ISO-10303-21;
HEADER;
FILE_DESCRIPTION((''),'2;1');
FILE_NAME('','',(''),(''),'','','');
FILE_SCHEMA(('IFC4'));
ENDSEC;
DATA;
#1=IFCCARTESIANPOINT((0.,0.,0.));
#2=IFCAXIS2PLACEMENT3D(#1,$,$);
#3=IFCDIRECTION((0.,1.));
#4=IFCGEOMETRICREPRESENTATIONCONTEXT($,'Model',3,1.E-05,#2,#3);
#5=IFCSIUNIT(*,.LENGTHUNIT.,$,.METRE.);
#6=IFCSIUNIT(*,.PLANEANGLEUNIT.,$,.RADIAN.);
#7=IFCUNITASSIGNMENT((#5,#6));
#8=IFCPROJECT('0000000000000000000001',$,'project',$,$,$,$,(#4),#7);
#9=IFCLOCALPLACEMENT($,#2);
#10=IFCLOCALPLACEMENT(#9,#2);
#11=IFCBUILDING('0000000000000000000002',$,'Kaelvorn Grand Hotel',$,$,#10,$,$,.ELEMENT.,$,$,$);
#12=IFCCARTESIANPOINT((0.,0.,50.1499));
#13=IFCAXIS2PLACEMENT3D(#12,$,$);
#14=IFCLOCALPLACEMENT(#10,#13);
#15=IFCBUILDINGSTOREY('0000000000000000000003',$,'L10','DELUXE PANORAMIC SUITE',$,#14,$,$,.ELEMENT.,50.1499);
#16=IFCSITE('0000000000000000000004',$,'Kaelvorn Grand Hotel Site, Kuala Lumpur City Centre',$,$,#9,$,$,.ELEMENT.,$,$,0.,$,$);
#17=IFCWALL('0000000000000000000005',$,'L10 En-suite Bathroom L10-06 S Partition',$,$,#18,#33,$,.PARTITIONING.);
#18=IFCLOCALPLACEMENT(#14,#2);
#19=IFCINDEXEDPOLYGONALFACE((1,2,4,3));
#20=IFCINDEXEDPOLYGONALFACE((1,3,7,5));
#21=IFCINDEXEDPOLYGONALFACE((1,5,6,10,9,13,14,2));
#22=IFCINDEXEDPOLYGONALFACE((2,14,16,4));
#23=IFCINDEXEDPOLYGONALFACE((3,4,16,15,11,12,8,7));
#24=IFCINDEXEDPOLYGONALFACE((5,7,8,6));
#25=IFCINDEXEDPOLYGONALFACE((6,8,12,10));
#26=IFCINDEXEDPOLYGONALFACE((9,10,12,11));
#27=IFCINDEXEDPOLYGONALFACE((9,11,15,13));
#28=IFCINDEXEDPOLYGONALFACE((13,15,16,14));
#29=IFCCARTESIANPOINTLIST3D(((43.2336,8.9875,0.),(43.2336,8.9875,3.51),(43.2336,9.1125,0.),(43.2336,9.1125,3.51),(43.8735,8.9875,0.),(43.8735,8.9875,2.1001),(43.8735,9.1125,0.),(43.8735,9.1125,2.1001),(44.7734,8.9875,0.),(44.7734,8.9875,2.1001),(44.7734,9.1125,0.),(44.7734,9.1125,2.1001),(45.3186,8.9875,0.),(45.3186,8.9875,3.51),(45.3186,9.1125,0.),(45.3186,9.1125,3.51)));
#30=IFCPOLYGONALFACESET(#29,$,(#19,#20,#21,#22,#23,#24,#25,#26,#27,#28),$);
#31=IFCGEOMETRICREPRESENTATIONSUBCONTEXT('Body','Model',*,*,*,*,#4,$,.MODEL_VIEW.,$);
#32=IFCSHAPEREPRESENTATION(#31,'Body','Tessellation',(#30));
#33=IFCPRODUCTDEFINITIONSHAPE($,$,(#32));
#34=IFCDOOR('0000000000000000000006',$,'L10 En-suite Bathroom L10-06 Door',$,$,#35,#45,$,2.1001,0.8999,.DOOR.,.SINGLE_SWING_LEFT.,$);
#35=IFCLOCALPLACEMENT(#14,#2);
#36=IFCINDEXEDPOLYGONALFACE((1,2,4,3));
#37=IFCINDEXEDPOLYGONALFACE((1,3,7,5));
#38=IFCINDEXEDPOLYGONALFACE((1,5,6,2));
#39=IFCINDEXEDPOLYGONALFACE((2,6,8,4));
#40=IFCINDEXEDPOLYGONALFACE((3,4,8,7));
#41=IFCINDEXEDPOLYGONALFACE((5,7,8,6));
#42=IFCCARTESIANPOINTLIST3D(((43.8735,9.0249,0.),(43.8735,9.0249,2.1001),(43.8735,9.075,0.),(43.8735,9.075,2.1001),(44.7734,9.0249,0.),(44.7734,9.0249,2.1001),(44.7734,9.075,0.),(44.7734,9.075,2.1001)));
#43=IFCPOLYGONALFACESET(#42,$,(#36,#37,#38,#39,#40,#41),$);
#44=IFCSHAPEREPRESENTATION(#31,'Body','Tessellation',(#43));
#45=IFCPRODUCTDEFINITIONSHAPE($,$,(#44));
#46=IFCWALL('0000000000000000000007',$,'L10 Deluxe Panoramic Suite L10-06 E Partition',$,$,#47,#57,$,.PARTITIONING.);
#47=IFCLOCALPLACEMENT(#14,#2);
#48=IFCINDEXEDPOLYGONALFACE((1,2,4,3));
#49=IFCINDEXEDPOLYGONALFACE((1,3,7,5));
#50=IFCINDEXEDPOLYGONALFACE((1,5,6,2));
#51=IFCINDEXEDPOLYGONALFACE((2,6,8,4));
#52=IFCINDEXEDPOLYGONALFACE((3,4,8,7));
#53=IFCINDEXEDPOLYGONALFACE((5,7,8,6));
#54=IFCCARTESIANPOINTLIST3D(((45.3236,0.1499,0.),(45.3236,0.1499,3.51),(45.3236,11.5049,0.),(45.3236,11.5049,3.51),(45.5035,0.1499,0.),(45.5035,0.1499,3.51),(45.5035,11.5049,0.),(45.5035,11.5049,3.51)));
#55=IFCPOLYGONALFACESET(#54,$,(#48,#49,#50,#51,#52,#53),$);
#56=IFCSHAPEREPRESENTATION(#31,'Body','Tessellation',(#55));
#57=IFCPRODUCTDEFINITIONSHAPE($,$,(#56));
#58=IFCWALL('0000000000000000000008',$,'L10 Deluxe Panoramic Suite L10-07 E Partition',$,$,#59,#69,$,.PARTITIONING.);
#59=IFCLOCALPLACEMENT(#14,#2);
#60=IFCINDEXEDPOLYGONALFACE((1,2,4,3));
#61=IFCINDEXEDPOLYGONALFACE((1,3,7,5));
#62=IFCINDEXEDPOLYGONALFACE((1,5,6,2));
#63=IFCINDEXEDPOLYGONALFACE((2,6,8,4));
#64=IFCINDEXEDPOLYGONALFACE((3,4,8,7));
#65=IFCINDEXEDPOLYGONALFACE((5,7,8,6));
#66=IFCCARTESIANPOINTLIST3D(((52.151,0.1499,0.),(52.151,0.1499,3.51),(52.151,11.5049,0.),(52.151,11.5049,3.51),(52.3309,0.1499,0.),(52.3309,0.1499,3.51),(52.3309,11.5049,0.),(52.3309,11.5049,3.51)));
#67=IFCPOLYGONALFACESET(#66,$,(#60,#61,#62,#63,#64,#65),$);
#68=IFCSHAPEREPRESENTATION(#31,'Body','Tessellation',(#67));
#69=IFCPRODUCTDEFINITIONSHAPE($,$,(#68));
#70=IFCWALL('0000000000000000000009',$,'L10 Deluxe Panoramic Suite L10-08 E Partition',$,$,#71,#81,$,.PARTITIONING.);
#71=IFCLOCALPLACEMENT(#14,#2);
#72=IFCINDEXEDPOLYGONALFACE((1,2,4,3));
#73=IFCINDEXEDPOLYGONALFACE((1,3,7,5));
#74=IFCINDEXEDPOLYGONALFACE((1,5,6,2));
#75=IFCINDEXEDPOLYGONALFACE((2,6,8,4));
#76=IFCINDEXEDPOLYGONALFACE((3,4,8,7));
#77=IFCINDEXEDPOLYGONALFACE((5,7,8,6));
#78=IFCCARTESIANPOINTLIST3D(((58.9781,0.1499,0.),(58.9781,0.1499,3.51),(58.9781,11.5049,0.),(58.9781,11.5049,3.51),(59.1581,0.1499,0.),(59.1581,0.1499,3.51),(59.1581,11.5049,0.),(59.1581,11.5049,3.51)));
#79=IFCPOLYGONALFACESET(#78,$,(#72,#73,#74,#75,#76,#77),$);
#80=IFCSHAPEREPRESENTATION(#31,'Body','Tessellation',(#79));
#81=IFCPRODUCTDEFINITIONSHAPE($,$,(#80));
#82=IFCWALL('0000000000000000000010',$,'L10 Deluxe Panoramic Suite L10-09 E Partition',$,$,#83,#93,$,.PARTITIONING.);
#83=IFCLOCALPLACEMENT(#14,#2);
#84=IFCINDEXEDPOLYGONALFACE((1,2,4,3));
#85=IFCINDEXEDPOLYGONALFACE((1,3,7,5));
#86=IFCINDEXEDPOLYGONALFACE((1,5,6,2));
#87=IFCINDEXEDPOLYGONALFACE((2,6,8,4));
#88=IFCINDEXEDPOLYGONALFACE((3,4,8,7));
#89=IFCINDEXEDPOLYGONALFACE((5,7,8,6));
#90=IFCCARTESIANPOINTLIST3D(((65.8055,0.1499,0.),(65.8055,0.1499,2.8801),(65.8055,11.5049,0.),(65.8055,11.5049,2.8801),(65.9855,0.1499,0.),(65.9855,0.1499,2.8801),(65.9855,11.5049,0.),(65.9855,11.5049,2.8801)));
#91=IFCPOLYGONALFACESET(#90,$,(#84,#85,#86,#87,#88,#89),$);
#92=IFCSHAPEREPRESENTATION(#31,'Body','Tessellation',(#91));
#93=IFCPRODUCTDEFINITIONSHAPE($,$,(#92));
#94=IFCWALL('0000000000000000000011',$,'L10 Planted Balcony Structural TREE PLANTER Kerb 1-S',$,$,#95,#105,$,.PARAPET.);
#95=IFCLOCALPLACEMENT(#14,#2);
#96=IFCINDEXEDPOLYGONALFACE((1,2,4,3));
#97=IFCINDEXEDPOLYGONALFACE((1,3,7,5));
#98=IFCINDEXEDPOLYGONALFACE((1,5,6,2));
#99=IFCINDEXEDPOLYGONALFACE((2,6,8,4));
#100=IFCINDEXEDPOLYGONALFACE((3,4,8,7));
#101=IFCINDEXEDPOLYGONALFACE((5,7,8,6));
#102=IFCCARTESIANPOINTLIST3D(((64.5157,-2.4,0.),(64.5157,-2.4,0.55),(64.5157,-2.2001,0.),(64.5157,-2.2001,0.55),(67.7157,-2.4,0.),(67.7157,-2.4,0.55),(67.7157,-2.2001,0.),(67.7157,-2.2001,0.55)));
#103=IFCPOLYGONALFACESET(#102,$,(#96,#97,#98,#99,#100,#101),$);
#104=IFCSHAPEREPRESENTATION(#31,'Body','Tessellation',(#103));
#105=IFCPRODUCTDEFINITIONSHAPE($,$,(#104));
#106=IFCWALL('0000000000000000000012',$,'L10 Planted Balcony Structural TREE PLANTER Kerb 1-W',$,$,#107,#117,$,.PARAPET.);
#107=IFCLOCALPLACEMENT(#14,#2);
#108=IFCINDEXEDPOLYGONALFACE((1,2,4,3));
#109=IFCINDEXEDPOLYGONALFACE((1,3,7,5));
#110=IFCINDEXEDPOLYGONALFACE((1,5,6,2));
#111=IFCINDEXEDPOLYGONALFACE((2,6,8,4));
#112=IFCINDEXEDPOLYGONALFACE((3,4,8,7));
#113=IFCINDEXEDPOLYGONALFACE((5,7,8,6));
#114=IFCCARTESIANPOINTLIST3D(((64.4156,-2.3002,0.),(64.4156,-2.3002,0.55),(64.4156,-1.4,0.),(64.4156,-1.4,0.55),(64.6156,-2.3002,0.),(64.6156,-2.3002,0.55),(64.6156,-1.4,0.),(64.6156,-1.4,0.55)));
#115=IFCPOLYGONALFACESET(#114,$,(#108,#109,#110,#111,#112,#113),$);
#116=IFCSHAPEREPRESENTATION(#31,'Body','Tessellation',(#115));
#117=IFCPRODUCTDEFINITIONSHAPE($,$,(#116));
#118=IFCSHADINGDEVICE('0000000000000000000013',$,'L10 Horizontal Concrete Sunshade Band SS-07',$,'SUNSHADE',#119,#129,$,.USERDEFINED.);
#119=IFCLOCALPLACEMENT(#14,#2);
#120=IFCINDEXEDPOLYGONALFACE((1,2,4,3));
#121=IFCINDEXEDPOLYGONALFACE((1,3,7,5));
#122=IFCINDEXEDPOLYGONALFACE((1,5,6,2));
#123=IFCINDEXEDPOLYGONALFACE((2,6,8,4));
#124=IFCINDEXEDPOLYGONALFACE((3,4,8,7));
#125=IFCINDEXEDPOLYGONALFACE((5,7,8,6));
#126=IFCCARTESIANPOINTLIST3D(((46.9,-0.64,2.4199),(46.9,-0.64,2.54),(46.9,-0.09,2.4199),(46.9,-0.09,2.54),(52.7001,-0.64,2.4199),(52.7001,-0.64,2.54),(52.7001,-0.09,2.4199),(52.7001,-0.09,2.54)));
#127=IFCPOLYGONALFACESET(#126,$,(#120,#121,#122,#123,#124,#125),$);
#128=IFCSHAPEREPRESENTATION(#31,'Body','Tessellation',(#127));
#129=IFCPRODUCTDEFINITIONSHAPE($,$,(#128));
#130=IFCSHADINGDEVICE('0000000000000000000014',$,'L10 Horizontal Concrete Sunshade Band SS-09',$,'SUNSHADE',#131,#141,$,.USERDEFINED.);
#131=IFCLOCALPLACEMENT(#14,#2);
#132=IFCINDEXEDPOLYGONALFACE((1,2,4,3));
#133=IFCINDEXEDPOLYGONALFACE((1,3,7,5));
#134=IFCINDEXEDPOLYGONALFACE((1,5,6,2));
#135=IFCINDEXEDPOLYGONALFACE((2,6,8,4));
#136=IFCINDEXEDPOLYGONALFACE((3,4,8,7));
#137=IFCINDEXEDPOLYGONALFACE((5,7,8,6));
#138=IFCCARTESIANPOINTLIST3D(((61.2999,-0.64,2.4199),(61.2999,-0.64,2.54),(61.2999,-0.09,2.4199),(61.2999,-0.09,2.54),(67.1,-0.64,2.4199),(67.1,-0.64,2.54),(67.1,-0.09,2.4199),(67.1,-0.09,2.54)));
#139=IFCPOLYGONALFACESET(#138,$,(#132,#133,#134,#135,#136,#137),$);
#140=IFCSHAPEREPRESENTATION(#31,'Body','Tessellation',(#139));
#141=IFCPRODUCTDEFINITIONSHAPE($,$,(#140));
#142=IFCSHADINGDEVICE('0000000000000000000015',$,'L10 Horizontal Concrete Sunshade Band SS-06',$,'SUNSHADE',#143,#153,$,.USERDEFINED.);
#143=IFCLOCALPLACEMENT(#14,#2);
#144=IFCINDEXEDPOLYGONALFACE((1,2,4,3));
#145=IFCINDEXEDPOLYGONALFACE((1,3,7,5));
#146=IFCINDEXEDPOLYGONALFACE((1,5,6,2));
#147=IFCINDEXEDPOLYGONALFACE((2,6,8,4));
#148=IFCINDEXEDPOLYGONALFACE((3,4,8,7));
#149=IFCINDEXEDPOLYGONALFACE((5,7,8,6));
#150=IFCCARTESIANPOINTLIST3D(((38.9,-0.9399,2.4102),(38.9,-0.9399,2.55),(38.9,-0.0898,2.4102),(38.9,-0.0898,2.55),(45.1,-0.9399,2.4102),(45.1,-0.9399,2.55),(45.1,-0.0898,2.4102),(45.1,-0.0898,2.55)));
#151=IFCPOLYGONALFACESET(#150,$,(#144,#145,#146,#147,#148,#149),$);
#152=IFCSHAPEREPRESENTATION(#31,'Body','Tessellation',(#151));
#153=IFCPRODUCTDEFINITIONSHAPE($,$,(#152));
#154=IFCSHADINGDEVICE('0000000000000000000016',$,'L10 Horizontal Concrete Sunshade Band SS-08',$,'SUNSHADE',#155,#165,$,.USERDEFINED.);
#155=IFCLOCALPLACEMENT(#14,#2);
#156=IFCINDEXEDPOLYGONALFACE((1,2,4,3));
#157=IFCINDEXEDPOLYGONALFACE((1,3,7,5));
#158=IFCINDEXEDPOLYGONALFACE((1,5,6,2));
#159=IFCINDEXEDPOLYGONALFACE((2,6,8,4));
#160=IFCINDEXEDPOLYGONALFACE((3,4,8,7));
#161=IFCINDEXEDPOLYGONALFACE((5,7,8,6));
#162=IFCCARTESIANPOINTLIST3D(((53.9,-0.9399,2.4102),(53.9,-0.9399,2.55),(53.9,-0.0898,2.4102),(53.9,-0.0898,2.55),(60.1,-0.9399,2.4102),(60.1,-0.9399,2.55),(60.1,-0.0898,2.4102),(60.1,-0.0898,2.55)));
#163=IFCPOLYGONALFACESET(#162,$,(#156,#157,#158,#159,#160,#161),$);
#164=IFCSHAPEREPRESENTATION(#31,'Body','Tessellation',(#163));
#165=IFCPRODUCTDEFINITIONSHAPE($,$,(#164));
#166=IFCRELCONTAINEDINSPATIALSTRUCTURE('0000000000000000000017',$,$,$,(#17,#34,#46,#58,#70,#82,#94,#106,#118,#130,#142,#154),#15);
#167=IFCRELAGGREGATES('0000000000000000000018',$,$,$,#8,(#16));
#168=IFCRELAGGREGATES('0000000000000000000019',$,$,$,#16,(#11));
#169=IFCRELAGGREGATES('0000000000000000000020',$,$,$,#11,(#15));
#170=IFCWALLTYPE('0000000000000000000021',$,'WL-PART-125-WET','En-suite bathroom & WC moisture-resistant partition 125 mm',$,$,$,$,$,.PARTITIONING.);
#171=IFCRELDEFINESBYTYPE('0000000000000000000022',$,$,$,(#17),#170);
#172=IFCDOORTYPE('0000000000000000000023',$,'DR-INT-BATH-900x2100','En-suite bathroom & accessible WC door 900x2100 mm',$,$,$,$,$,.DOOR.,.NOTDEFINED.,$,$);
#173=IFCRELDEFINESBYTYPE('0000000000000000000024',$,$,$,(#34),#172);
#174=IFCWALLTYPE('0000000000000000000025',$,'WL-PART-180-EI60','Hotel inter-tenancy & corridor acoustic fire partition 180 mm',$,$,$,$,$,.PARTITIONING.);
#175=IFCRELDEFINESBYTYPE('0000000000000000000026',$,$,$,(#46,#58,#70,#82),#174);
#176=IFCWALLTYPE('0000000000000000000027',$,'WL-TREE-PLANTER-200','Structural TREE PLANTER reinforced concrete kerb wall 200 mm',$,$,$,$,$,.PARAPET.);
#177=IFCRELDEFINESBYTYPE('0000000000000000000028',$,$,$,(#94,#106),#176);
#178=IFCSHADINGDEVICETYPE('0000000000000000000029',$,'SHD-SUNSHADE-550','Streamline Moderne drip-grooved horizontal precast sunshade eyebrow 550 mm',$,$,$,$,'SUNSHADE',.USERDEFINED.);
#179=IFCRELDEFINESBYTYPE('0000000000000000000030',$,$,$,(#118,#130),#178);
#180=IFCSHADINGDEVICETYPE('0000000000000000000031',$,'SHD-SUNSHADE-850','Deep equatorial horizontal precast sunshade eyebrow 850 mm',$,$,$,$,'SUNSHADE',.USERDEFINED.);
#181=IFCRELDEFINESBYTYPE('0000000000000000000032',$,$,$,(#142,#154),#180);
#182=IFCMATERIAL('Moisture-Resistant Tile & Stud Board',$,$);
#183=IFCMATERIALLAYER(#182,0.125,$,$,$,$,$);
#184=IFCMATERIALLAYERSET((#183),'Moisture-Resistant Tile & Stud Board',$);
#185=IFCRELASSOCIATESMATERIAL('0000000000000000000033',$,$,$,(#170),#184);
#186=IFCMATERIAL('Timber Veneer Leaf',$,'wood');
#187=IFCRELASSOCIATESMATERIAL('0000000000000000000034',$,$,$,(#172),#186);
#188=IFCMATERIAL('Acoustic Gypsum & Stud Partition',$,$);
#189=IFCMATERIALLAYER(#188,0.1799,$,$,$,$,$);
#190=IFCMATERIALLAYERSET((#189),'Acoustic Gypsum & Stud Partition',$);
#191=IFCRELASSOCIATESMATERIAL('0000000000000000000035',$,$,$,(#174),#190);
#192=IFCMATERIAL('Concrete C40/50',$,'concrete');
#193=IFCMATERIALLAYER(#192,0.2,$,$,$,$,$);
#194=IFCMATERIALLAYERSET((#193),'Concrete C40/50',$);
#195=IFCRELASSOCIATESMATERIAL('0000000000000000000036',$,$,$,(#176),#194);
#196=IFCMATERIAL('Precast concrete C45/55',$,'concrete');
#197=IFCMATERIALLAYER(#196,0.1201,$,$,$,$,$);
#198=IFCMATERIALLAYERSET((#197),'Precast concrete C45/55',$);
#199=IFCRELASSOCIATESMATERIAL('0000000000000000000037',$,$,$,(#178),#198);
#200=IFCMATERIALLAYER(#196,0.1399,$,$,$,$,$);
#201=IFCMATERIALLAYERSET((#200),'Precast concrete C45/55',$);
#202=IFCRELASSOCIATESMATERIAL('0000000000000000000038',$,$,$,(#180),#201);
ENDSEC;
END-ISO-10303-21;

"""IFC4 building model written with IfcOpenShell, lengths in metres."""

from ifc_helpers import new_model, si_unit, direction, frame, frame_2d, origin, origin_2d, place, context, subcontext, project, spatial, rectangle, extrude, material, layer, layer_set, type_object, element, fill, save


model = new_model("IFC4")

# Units and contexts
model_context = context("Model", 3, precision=1e-05, world=origin(), true_north=direction((0.0, 1.0)))
body_context = subcontext(model_context, "Body", "Model", "MODEL_VIEW")
ifc_project = project(units=[si_unit("LENGTHUNIT", "METRE"), si_unit("PLANEANGLEUNIT", "RADIAN")], contexts=[model_context])

# Site, building, storey
site_placement = place(None, origin())
site = spatial("IfcSite", under=ifc_project, at=site_placement, Name="Kaelvorn Grand Hotel Site, Kuala Lumpur City Centre", CompositionType="ELEMENT", RefElevation=0.0)
building_placement = place(site_placement, origin())
building = spatial("IfcBuilding", under=site, at=building_placement, Name="Kaelvorn Grand Hotel", CompositionType="ELEMENT")
storey_placement = place(building_placement, frame((0.0, 0.0, 50.1499)))
storey = spatial("IfcBuildingStorey", under=building, at=storey_placement, Name="L10", Description="DELUXE PANORAMIC SUITE", CompositionType="ELEMENT", Elevation=50.1499)

# Shared definitions
ifc_material_1 = material(Name="Concrete C40/50", Category="concrete")

# Wall, opening, door
ifc_material_2 = material(Name="Moisture-Resistant Tile & Stud Board")
ifc_layer_1 = layer(ifc_material_2, 0.125)
ifc_layer_set_1 = layer_set([ifc_layer_1], Name="Moisture-Resistant Tile & Stud Board")
wall_type_1 = type_object("IfcWallType", Name="WL-PART-125-WET", Description="En-suite bathroom & WC moisture-resistant partition 125 mm", PredefinedType="PARTITIONING", material=ifc_layer_set_1)
wall_1_placement = place(storey_placement, frame((43.2336, 9.05, 0.0), z_axis=(0.0, 0.0, 1.0), x_axis=(1.0, 0.0, 0.0)))
wall_1 = element("IfcWall", 1, at=wall_1_placement, inside=storey, type_object=wall_type_1, Name="L10 En-suite Bathroom L10-06 S Partition", PredefinedType="PARTITIONING", context=body_context, shape_type="SweptSolid", body=[
    extrude(rectangle(XDim=2.085, YDim=0.125, at=frame_2d((1.0425, 0.0))), origin(), (0.0, 0.0, 1.0), 3.51),
])
opening_placement = place(wall_1_placement, frame((0.6399, 0.0, 0.0)))
opening = element("IfcOpeningElement", 2, at=opening_placement, cuts=wall_1, PredefinedType="OPENING", context=body_context, shape_type="SweptSolid", body=[
    extrude(rectangle(XDim=0.8999, YDim=2.1001, at=frame_2d((0.45, 1.05))), frame((0.0, 0.0725, 0.0), z_axis=(0.0, -1.0, 0.0), x_axis=(1.0, 0.0, 0.0)), (0.0, 0.0, 1.0), 0.145),
])
ifc_material_3 = material(Name="Timber Veneer Leaf", Category="wood")
door_type = type_object("IfcDoorType", Name="DR-INT-BATH-900x2100", Description="En-suite bathroom & accessible WC door 900x2100 mm", OperationType="NOTDEFINED", PredefinedType="DOOR", material=ifc_material_3)
door_placement = place(opening_placement, origin())
door = element("IfcDoor", 3, at=door_placement, inside=storey, type_object=door_type, Name="L10 En-suite Bathroom L10-06 Door", OperationType="SINGLE_SWING_LEFT", OverallHeight=2.1001, OverallWidth=0.8999, PredefinedType="DOOR", context=body_context, shape_type="SweptSolid", body=[
    extrude(rectangle(XDim=0.8999, YDim=2.1001, at=frame_2d((0.45, 1.05))), frame((0.0, 0.0249, 0.0), z_axis=(0.0, -1.0, 0.0), x_axis=(1.0, 0.0, 0.0)), (0.0, 0.0, 1.0), 0.05),
])
fill(opening, door)

# Walls
ifc_material_4 = material(Name="Acoustic Gypsum & Stud Partition")
ifc_layer_2 = layer(ifc_material_4, 0.1799)
ifc_layer_set_2 = layer_set([ifc_layer_2], Name="Acoustic Gypsum & Stud Partition")
wall_type_2 = type_object("IfcWallType", Name="WL-PART-180-EI60", Description="Hotel inter-tenancy & corridor acoustic fire partition 180 mm", PredefinedType="PARTITIONING", material=ifc_layer_set_2)
for number, where, z_axis, x_axis, name in (
    (4, (45.4136, 0.1499, 0.0), (0.0, 0.0, 1.0), (0.0, 1.0, 0.0), "L10 Deluxe Panoramic Suite L10-06 E Partition"),
    (5, (52.241, 0.1499, 0.0), (0.0, 0.0, 1.0), (0.0, 1.0, 0.0), "L10 Deluxe Panoramic Suite L10-07 E Partition"),
    (6, (59.0681, 0.1499, 0.0), (0.0, 0.0, 1.0), (0.0, 1.0, 0.0), "L10 Deluxe Panoramic Suite L10-08 E Partition"),
):
    element("IfcWall", number, at=place(storey_placement, frame(where, z_axis=z_axis, x_axis=x_axis)), inside=storey, type_object=wall_type_2, Name=name, PredefinedType="PARTITIONING", context=body_context, shape_type="SweptSolid", body=[
        extrude(rectangle(XDim=11.355, YDim=0.1799, at=frame_2d((5.6775, 0.0))), origin(), (0.0, 0.0, 1.0), 3.51),
    ])
wall_2_placement = place(storey_placement, frame((65.8955, 0.1499, 0.0), z_axis=(0.0, 0.0, 1.0), x_axis=(0.0, 1.0, 0.0)))
element("IfcWall", 7, at=wall_2_placement, inside=storey, type_object=wall_type_2, Name="L10 Deluxe Panoramic Suite L10-09 E Partition", PredefinedType="PARTITIONING", context=body_context, shape_type="SweptSolid", body=[
    extrude(rectangle(XDim=11.355, YDim=0.1799, at=frame_2d((5.6775, 0.0))), origin(), (0.0, 0.0, 1.0), 2.8801),
])
ifc_layer_3 = layer(ifc_material_1, 0.2)
ifc_layer_set_3 = layer_set([ifc_layer_3], Name="Concrete C40/50")
wall_type_3 = type_object("IfcWallType", Name="WL-TREE-PLANTER-200", Description="Structural TREE PLANTER reinforced concrete kerb wall 200 mm", PredefinedType="PARAPET", material=ifc_layer_set_3)
wall_3_placement = place(storey_placement, frame((64.5156, -2.3, 0.0), z_axis=(0.0, 0.0, 1.0), x_axis=(1.0, 0.0, 0.0)))
element("IfcWall", 8, at=wall_3_placement, inside=storey, type_object=wall_type_3, Name="L10 Planted Balcony Structural TREE PLANTER Kerb 1-S", PredefinedType="PARAPET", context=body_context, shape_type="SweptSolid", body=[
    extrude(rectangle(XDim=3.2, YDim=0.2, at=frame_2d((1.6001, 0.0))), origin(), (0.0, 0.0, 1.0), 0.55),
])
wall_4_placement = place(storey_placement, frame((64.5156, -1.3999, 0.0), z_axis=(0.0, 0.0, 1.0), x_axis=(0.0, -1.0, 0.0)))
element("IfcWall", 9, at=wall_4_placement, inside=storey, type_object=wall_type_3, Name="L10 Planted Balcony Structural TREE PLANTER Kerb 1-W", PredefinedType="PARAPET", context=body_context, shape_type="SweptSolid", body=[
    extrude(rectangle(XDim=0.9001, YDim=0.2, at=frame_2d((0.4502, 0.0))), origin(), (0.0, 0.0, 1.0), 0.55),
])

# Shading devices
ifc_material_5 = material(Name="Precast concrete C45/55", Category="concrete")
ifc_layer_4 = layer(ifc_material_5, 0.1201)
ifc_layer_set_4 = layer_set([ifc_layer_4], Name="Precast concrete C45/55")
shading_device_type_1 = type_object("IfcShadingDeviceType", Name="SHD-SUNSHADE-550", Description="Streamline Moderne drip-grooved horizontal precast sunshade eyebrow 550 mm", ElementType="SUNSHADE", PredefinedType="USERDEFINED", material=ifc_layer_set_4)
for number, where, z_axis, x_axis, name in (
    (10, (49.8, -0.365, 2.4199), (0.0, 0.0, 1.0), (1.0, 0.0, 0.0), "L10 Horizontal Concrete Sunshade Band SS-07"),
    (11, (64.2, -0.365, 2.4199), (0.0, 0.0, 1.0), (1.0, 0.0, 0.0), "L10 Horizontal Concrete Sunshade Band SS-09"),
):
    element("IfcShadingDevice", number, at=place(storey_placement, frame(where, z_axis=z_axis, x_axis=x_axis)), inside=storey, type_object=shading_device_type_1, Name=name, ObjectType="SUNSHADE", PredefinedType="USERDEFINED", context=body_context, shape_type="SweptSolid", body=[
        extrude(rectangle(XDim=5.8, YDim=0.55, at=origin_2d()), origin(), (0.0, 0.0, 1.0), 0.1201),
    ])
ifc_layer_5 = layer(ifc_material_5, 0.1399)
ifc_layer_set_5 = layer_set([ifc_layer_5], Name="Precast concrete C45/55")
shading_device_type_2 = type_object("IfcShadingDeviceType", Name="SHD-SUNSHADE-850", Description="Deep equatorial horizontal precast sunshade eyebrow 850 mm", ElementType="SUNSHADE", PredefinedType="USERDEFINED", material=ifc_layer_set_5)
for number, where, z_axis, x_axis, name in (
    (12, (42.0, -0.5149, 2.4102), (0.0, 0.0, 1.0), (1.0, 0.0, 0.0), "L10 Horizontal Concrete Sunshade Band SS-06"),
    (13, (57.0, -0.5149, 2.4102), (0.0, 0.0, 1.0), (1.0, 0.0, 0.0), "L10 Horizontal Concrete Sunshade Band SS-08"),
):
    element("IfcShadingDevice", number, at=place(storey_placement, frame(where, z_axis=z_axis, x_axis=x_axis)), inside=storey, type_object=shading_device_type_2, Name=name, ObjectType="SUNSHADE", PredefinedType="USERDEFINED", context=body_context, shape_type="SweptSolid", body=[
        extrude(rectangle(XDim=6.2, YDim=0.8501, at=origin_2d()), origin(), (0.0, 0.0, 1.0), 0.1399),
    ])

save(model, "model.ifc")
